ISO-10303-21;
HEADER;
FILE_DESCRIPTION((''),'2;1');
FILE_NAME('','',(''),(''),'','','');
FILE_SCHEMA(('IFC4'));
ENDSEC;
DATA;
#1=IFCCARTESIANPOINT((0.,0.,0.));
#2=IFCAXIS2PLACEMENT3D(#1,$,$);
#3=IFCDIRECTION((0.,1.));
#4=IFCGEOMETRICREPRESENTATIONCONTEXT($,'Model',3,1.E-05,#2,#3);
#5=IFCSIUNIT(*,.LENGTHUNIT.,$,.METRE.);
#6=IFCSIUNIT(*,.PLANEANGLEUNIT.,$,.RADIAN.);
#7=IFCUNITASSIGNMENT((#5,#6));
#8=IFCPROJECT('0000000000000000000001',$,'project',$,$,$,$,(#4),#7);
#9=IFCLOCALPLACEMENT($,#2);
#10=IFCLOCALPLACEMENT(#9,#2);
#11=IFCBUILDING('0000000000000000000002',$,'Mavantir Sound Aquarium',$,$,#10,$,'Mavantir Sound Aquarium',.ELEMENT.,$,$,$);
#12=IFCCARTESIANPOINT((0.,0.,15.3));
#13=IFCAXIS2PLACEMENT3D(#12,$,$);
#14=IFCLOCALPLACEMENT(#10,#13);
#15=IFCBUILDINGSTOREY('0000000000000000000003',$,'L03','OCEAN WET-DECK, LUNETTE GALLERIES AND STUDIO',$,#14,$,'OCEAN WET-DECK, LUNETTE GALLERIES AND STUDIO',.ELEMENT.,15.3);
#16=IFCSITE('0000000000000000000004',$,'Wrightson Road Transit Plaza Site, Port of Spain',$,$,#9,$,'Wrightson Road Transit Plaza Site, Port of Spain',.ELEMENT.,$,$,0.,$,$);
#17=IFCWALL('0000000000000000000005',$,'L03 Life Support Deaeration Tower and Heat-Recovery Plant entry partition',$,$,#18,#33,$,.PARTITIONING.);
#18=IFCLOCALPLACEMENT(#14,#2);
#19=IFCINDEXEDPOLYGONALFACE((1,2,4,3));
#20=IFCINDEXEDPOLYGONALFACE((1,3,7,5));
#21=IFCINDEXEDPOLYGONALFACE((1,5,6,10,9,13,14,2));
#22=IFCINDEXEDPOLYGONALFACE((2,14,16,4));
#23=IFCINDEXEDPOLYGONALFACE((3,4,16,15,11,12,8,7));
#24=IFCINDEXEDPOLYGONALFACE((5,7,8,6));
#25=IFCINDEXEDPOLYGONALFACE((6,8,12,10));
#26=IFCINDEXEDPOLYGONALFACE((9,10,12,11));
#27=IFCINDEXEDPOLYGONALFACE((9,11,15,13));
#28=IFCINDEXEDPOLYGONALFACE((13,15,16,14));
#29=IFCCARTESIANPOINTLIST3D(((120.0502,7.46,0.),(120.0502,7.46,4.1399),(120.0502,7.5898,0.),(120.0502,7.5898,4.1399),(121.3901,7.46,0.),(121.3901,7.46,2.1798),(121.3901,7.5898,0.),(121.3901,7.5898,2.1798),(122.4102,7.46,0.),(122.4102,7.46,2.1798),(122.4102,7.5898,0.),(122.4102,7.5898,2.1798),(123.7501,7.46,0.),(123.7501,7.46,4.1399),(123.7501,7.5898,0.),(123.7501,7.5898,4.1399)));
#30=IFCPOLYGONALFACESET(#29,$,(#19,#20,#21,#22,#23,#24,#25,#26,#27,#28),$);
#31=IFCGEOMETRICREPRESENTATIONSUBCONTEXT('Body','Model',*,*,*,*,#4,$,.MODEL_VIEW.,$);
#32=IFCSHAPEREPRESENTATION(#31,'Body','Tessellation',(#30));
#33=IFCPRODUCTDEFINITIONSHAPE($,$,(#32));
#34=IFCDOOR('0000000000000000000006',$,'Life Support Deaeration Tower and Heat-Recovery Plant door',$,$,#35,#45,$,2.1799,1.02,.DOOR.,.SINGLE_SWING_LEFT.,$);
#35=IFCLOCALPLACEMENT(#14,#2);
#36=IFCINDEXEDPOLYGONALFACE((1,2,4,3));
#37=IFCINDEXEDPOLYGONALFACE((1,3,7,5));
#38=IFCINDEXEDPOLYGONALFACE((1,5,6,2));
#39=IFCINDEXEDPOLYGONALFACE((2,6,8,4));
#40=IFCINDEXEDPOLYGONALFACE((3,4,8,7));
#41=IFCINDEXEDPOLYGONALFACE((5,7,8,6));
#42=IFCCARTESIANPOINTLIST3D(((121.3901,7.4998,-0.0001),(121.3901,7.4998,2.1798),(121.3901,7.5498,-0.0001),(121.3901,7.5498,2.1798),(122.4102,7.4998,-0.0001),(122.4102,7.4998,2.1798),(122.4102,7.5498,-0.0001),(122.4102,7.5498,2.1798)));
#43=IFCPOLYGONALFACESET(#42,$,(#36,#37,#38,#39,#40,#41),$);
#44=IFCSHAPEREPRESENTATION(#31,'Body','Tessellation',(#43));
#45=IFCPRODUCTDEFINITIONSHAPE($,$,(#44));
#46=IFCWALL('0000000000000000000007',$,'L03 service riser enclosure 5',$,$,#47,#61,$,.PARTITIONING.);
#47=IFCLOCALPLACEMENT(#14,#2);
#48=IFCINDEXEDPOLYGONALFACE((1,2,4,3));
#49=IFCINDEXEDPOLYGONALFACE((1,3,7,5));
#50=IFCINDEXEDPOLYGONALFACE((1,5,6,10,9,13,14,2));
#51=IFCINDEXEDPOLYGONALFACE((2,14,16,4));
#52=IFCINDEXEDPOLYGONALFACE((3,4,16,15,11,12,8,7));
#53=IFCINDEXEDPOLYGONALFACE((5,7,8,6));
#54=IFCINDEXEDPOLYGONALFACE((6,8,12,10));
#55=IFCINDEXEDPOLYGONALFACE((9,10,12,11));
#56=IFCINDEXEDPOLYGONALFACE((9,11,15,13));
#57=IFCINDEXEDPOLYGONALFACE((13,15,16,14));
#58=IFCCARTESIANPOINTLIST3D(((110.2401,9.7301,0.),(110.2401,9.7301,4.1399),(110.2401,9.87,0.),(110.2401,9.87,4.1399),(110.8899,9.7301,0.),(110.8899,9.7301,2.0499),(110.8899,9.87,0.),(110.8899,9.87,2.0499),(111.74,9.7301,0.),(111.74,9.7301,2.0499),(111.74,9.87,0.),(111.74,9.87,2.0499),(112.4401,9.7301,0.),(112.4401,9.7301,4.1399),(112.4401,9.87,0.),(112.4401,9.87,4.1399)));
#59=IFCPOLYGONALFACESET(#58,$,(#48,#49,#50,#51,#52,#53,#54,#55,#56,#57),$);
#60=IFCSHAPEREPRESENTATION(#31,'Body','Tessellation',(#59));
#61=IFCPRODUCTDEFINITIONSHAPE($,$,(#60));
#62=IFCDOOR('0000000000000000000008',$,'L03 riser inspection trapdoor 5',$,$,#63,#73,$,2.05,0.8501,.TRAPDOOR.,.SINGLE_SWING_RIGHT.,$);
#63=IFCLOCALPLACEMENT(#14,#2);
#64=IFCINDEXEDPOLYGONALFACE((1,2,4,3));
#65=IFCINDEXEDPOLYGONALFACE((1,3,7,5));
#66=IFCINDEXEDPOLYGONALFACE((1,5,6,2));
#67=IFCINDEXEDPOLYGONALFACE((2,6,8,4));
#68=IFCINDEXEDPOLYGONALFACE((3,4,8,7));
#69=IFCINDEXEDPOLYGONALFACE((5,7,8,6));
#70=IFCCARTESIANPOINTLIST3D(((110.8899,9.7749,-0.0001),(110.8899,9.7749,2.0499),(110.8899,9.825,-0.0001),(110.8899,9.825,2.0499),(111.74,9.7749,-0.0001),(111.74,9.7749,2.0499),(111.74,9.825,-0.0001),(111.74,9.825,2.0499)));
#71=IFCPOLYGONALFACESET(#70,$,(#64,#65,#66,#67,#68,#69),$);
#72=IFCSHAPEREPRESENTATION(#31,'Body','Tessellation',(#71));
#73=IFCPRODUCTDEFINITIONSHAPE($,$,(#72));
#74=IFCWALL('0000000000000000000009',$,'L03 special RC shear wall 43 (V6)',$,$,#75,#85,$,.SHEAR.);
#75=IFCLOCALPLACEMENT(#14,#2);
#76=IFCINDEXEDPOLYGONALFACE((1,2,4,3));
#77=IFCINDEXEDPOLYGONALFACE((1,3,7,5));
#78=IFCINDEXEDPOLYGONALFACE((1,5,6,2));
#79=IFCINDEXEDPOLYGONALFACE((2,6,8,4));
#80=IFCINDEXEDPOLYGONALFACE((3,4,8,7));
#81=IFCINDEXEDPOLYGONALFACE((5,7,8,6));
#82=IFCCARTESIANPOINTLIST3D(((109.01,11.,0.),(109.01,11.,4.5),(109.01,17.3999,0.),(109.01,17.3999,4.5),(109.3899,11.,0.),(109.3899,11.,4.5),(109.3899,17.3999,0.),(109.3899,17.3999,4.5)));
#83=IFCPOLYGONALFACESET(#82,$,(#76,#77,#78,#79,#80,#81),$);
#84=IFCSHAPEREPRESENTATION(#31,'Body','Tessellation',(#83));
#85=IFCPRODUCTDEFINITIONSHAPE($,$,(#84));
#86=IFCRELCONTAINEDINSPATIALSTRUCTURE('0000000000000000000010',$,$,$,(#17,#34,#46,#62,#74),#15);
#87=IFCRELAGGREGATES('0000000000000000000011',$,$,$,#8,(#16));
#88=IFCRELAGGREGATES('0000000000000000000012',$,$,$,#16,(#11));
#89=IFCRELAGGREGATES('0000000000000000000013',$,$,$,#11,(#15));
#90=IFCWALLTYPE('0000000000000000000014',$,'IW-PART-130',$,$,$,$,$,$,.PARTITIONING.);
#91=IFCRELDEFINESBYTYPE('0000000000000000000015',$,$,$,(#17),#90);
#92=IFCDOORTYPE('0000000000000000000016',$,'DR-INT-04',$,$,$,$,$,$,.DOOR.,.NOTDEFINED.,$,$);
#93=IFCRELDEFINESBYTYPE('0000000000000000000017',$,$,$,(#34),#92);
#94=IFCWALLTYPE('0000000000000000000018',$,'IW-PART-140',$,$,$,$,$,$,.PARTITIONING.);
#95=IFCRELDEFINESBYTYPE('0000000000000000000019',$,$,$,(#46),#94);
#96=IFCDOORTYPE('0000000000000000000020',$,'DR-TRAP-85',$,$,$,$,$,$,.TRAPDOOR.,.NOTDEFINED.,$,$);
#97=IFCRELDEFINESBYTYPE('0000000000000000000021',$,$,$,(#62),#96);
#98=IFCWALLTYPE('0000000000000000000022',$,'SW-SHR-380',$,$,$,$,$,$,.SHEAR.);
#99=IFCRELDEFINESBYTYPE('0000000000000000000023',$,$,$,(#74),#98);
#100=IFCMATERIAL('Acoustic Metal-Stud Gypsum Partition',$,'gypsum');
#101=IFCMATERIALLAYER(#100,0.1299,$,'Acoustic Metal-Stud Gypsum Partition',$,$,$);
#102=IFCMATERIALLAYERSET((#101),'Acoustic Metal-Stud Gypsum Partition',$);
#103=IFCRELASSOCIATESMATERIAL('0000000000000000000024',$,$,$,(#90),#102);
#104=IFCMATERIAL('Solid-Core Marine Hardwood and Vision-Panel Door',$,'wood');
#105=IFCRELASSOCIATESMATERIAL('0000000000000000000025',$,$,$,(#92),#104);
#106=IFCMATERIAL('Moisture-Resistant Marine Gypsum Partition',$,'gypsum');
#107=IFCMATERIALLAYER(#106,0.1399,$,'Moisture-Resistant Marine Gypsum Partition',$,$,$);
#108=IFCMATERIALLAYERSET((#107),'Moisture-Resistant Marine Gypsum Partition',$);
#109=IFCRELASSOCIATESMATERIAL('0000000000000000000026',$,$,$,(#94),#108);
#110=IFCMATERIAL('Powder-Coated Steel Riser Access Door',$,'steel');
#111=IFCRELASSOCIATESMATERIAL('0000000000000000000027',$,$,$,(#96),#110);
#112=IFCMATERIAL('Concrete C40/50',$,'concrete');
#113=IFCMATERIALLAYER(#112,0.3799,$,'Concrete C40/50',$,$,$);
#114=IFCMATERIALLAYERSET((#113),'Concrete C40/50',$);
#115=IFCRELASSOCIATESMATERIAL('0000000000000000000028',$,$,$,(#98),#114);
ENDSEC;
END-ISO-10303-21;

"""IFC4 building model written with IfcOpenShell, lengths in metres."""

from ifc_helpers import new_model, si_unit, direction, frame, frame_2d, origin, place, context, subcontext, project, spatial, rectangle, extrude, material, layer, layer_set, type_object, element, fill, save


model = new_model("IFC4")

# Units and contexts
model_context = context("Model", 3, precision=1e-05, world=origin(), true_north=direction((0.0, 1.0)))
body_context = subcontext(model_context, "Body", "Model", "MODEL_VIEW")
ifc_project = project(units=[si_unit("LENGTHUNIT", "METRE"), si_unit("PLANEANGLEUNIT", "RADIAN")], contexts=[model_context])

# Site, building, storey
site_placement = place(None, origin())
site = spatial("IfcSite", under=ifc_project, at=site_placement, Name="Wrightson Road Transit Plaza Site, Port of Spain", LongName="Wrightson Road Transit Plaza Site, Port of Spain", CompositionType="ELEMENT", RefElevation=0.0)
building_placement = place(site_placement, origin())
building = spatial("IfcBuilding", under=site, at=building_placement, Name="Mavantir Sound Aquarium", LongName="Mavantir Sound Aquarium", CompositionType="ELEMENT")
storey_placement = place(building_placement, frame((0.0, 0.0, 15.3)))
storey = spatial("IfcBuildingStorey", under=building, at=storey_placement, Name="L03", Description="OCEAN WET-DECK, LUNETTE GALLERIES AND STUDIO", LongName="OCEAN WET-DECK, LUNETTE GALLERIES AND STUDIO", CompositionType="ELEMENT", Elevation=15.3)

# Shared definitions
ifc_material_1 = material(Name="Concrete C40/50", Category="concrete")

# Walls, openings, doors
ifc_material_2 = material(Name="Acoustic Metal-Stud Gypsum Partition", Category="gypsum")
ifc_layer_1 = layer(ifc_material_2, 0.1299, Name="Acoustic Metal-Stud Gypsum Partition")
ifc_layer_set_1 = layer_set([ifc_layer_1], Name="Acoustic Metal-Stud Gypsum Partition")
wall_type_1 = type_object("IfcWallType", Name="IW-PART-130", PredefinedType="PARTITIONING", material=ifc_layer_set_1)
wall_1_placement = place(storey_placement, frame((120.05, 7.5249, 0.0), z_axis=(0.0, 0.0, 1.0), x_axis=(1.0, 0.0, 0.0)))
wall_1 = element("IfcWall", 1, at=wall_1_placement, inside=storey, type_object=wall_type_1, Name="L03 Life Support Deaeration Tower and Heat-Recovery Plant entry partition", PredefinedType="PARTITIONING", context=body_context, shape_type="SweptSolid", body=[
    extrude(rectangle(XDim=3.7, YDim=0.1299, at=frame_2d((1.8501, 0.0))), origin(), (0.0, 0.0, 1.0), 4.1399),
])
opening_1_placement = place(wall_1_placement, frame((1.3401, 0.0, 0.0)))
opening_1 = element("IfcOpeningElement", 2, at=opening_1_placement, cuts=wall_1, PredefinedType="OPENING", context=body_context, shape_type="SweptSolid", body=[
    extrude(rectangle(XDim=1.02, YDim=2.1799, at=frame_2d((0.51, 1.0898))), frame((0.0, 0.075, 0.0), z_axis=(0.0, -1.0, 0.0), x_axis=(1.0, 0.0, 0.0)), (0.0, 0.0, 1.0), 0.1499),
])
ifc_material_3 = material(Name="Solid-Core Marine Hardwood and Vision-Panel Door", Category="wood")
door_type_1 = type_object("IfcDoorType", Name="DR-INT-04", OperationType="NOTDEFINED", PredefinedType="DOOR", material=ifc_material_3)
door_1_placement = place(opening_1_placement, origin())
door_1 = element("IfcDoor", 3, at=door_1_placement, inside=storey, type_object=door_type_1, Name="Life Support Deaeration Tower and Heat-Recovery Plant door", OperationType="SINGLE_SWING_LEFT", OverallHeight=2.1799, OverallWidth=1.02, PredefinedType="DOOR", context=body_context, shape_type="SweptSolid", body=[
    extrude(rectangle(XDim=1.02, YDim=2.1799, at=frame_2d((0.51, 1.0898))), frame((0.0, 0.0249, 0.0), z_axis=(0.0, -1.0, 0.0), x_axis=(1.0, 0.0, 0.0)), (0.0, 0.0, 1.0), 0.05),
])
fill(opening_1, door_1)
ifc_material_4 = material(Name="Moisture-Resistant Marine Gypsum Partition", Category="gypsum")
ifc_layer_2 = layer(ifc_material_4, 0.1399, Name="Moisture-Resistant Marine Gypsum Partition")
ifc_layer_set_2 = layer_set([ifc_layer_2], Name="Moisture-Resistant Marine Gypsum Partition")
wall_type_2 = type_object("IfcWallType", Name="IW-PART-140", PredefinedType="PARTITIONING", material=ifc_layer_set_2)
wall_2_placement = place(storey_placement, frame((110.24, 9.8, 0.0), z_axis=(0.0, 0.0, 1.0), x_axis=(1.0, 0.0, 0.0)))
wall_2 = element("IfcWall", 4, at=wall_2_placement, inside=storey, type_object=wall_type_2, Name="L03 service riser enclosure 5", PredefinedType="PARTITIONING", context=body_context, shape_type="SweptSolid", body=[
    extrude(rectangle(XDim=2.2, YDim=0.1399, at=frame_2d((1.1001, 0.0))), origin(), (0.0, 0.0, 1.0), 4.1399),
])
opening_2_placement = place(wall_2_placement, frame((0.6499, 0.0, 0.0)))
opening_2 = element("IfcOpeningElement", 5, at=opening_2_placement, cuts=wall_2, PredefinedType="OPENING", context=body_context, shape_type="SweptSolid", body=[
    extrude(rectangle(XDim=0.8501, YDim=2.05, at=frame_2d((0.425, 1.0249))), frame((0.0, 0.0801, 0.0), z_axis=(0.0, -1.0, 0.0), x_axis=(1.0, 0.0, 0.0)), (0.0, 0.0, 1.0), 0.1599),
])
ifc_material_5 = material(Name="Powder-Coated Steel Riser Access Door", Category="steel")
door_type_2 = type_object("IfcDoorType", Name="DR-TRAP-85", OperationType="NOTDEFINED", PredefinedType="TRAPDOOR", material=ifc_material_5)
door_2_placement = place(opening_2_placement, origin())
door_2 = element("IfcDoor", 6, at=door_2_placement, inside=storey, type_object=door_type_2, Name="L03 riser inspection trapdoor 5", OperationType="SINGLE_SWING_RIGHT", OverallHeight=2.05, OverallWidth=0.8501, PredefinedType="TRAPDOOR", context=body_context, shape_type="SweptSolid", body=[
    extrude(rectangle(XDim=0.8501, YDim=2.05, at=frame_2d((0.425, 1.0249))), frame((0.0, 0.0249, 0.0), z_axis=(0.0, -1.0, 0.0), x_axis=(1.0, 0.0, 0.0)), (0.0, 0.0, 1.0), 0.05),
])
fill(opening_2, door_2)

# Wall
ifc_layer_3 = layer(ifc_material_1, 0.3799, Name="Concrete C40/50")
ifc_layer_set_3 = layer_set([ifc_layer_3], Name="Concrete C40/50")
wall_type_3 = type_object("IfcWallType", Name="SW-SHR-380", PredefinedType="SHEAR", material=ifc_layer_set_3)
wall_3_placement = place(storey_placement, frame((109.2, 11.0, 0.0), z_axis=(0.0, 0.0, 1.0), x_axis=(0.0, 1.0, 0.0)))
element("IfcWall", 7, at=wall_3_placement, inside=storey, type_object=wall_type_3, Name="L03 special RC shear wall 43 (V6)", PredefinedType="SHEAR", context=body_context, shape_type="SweptSolid", body=[
    extrude(rectangle(XDim=6.3999, YDim=0.3799, at=frame_2d((3.2, 0.0))), origin(), (0.0, 0.0, 1.0), 4.5),
])

save(model, "model.ifc")
